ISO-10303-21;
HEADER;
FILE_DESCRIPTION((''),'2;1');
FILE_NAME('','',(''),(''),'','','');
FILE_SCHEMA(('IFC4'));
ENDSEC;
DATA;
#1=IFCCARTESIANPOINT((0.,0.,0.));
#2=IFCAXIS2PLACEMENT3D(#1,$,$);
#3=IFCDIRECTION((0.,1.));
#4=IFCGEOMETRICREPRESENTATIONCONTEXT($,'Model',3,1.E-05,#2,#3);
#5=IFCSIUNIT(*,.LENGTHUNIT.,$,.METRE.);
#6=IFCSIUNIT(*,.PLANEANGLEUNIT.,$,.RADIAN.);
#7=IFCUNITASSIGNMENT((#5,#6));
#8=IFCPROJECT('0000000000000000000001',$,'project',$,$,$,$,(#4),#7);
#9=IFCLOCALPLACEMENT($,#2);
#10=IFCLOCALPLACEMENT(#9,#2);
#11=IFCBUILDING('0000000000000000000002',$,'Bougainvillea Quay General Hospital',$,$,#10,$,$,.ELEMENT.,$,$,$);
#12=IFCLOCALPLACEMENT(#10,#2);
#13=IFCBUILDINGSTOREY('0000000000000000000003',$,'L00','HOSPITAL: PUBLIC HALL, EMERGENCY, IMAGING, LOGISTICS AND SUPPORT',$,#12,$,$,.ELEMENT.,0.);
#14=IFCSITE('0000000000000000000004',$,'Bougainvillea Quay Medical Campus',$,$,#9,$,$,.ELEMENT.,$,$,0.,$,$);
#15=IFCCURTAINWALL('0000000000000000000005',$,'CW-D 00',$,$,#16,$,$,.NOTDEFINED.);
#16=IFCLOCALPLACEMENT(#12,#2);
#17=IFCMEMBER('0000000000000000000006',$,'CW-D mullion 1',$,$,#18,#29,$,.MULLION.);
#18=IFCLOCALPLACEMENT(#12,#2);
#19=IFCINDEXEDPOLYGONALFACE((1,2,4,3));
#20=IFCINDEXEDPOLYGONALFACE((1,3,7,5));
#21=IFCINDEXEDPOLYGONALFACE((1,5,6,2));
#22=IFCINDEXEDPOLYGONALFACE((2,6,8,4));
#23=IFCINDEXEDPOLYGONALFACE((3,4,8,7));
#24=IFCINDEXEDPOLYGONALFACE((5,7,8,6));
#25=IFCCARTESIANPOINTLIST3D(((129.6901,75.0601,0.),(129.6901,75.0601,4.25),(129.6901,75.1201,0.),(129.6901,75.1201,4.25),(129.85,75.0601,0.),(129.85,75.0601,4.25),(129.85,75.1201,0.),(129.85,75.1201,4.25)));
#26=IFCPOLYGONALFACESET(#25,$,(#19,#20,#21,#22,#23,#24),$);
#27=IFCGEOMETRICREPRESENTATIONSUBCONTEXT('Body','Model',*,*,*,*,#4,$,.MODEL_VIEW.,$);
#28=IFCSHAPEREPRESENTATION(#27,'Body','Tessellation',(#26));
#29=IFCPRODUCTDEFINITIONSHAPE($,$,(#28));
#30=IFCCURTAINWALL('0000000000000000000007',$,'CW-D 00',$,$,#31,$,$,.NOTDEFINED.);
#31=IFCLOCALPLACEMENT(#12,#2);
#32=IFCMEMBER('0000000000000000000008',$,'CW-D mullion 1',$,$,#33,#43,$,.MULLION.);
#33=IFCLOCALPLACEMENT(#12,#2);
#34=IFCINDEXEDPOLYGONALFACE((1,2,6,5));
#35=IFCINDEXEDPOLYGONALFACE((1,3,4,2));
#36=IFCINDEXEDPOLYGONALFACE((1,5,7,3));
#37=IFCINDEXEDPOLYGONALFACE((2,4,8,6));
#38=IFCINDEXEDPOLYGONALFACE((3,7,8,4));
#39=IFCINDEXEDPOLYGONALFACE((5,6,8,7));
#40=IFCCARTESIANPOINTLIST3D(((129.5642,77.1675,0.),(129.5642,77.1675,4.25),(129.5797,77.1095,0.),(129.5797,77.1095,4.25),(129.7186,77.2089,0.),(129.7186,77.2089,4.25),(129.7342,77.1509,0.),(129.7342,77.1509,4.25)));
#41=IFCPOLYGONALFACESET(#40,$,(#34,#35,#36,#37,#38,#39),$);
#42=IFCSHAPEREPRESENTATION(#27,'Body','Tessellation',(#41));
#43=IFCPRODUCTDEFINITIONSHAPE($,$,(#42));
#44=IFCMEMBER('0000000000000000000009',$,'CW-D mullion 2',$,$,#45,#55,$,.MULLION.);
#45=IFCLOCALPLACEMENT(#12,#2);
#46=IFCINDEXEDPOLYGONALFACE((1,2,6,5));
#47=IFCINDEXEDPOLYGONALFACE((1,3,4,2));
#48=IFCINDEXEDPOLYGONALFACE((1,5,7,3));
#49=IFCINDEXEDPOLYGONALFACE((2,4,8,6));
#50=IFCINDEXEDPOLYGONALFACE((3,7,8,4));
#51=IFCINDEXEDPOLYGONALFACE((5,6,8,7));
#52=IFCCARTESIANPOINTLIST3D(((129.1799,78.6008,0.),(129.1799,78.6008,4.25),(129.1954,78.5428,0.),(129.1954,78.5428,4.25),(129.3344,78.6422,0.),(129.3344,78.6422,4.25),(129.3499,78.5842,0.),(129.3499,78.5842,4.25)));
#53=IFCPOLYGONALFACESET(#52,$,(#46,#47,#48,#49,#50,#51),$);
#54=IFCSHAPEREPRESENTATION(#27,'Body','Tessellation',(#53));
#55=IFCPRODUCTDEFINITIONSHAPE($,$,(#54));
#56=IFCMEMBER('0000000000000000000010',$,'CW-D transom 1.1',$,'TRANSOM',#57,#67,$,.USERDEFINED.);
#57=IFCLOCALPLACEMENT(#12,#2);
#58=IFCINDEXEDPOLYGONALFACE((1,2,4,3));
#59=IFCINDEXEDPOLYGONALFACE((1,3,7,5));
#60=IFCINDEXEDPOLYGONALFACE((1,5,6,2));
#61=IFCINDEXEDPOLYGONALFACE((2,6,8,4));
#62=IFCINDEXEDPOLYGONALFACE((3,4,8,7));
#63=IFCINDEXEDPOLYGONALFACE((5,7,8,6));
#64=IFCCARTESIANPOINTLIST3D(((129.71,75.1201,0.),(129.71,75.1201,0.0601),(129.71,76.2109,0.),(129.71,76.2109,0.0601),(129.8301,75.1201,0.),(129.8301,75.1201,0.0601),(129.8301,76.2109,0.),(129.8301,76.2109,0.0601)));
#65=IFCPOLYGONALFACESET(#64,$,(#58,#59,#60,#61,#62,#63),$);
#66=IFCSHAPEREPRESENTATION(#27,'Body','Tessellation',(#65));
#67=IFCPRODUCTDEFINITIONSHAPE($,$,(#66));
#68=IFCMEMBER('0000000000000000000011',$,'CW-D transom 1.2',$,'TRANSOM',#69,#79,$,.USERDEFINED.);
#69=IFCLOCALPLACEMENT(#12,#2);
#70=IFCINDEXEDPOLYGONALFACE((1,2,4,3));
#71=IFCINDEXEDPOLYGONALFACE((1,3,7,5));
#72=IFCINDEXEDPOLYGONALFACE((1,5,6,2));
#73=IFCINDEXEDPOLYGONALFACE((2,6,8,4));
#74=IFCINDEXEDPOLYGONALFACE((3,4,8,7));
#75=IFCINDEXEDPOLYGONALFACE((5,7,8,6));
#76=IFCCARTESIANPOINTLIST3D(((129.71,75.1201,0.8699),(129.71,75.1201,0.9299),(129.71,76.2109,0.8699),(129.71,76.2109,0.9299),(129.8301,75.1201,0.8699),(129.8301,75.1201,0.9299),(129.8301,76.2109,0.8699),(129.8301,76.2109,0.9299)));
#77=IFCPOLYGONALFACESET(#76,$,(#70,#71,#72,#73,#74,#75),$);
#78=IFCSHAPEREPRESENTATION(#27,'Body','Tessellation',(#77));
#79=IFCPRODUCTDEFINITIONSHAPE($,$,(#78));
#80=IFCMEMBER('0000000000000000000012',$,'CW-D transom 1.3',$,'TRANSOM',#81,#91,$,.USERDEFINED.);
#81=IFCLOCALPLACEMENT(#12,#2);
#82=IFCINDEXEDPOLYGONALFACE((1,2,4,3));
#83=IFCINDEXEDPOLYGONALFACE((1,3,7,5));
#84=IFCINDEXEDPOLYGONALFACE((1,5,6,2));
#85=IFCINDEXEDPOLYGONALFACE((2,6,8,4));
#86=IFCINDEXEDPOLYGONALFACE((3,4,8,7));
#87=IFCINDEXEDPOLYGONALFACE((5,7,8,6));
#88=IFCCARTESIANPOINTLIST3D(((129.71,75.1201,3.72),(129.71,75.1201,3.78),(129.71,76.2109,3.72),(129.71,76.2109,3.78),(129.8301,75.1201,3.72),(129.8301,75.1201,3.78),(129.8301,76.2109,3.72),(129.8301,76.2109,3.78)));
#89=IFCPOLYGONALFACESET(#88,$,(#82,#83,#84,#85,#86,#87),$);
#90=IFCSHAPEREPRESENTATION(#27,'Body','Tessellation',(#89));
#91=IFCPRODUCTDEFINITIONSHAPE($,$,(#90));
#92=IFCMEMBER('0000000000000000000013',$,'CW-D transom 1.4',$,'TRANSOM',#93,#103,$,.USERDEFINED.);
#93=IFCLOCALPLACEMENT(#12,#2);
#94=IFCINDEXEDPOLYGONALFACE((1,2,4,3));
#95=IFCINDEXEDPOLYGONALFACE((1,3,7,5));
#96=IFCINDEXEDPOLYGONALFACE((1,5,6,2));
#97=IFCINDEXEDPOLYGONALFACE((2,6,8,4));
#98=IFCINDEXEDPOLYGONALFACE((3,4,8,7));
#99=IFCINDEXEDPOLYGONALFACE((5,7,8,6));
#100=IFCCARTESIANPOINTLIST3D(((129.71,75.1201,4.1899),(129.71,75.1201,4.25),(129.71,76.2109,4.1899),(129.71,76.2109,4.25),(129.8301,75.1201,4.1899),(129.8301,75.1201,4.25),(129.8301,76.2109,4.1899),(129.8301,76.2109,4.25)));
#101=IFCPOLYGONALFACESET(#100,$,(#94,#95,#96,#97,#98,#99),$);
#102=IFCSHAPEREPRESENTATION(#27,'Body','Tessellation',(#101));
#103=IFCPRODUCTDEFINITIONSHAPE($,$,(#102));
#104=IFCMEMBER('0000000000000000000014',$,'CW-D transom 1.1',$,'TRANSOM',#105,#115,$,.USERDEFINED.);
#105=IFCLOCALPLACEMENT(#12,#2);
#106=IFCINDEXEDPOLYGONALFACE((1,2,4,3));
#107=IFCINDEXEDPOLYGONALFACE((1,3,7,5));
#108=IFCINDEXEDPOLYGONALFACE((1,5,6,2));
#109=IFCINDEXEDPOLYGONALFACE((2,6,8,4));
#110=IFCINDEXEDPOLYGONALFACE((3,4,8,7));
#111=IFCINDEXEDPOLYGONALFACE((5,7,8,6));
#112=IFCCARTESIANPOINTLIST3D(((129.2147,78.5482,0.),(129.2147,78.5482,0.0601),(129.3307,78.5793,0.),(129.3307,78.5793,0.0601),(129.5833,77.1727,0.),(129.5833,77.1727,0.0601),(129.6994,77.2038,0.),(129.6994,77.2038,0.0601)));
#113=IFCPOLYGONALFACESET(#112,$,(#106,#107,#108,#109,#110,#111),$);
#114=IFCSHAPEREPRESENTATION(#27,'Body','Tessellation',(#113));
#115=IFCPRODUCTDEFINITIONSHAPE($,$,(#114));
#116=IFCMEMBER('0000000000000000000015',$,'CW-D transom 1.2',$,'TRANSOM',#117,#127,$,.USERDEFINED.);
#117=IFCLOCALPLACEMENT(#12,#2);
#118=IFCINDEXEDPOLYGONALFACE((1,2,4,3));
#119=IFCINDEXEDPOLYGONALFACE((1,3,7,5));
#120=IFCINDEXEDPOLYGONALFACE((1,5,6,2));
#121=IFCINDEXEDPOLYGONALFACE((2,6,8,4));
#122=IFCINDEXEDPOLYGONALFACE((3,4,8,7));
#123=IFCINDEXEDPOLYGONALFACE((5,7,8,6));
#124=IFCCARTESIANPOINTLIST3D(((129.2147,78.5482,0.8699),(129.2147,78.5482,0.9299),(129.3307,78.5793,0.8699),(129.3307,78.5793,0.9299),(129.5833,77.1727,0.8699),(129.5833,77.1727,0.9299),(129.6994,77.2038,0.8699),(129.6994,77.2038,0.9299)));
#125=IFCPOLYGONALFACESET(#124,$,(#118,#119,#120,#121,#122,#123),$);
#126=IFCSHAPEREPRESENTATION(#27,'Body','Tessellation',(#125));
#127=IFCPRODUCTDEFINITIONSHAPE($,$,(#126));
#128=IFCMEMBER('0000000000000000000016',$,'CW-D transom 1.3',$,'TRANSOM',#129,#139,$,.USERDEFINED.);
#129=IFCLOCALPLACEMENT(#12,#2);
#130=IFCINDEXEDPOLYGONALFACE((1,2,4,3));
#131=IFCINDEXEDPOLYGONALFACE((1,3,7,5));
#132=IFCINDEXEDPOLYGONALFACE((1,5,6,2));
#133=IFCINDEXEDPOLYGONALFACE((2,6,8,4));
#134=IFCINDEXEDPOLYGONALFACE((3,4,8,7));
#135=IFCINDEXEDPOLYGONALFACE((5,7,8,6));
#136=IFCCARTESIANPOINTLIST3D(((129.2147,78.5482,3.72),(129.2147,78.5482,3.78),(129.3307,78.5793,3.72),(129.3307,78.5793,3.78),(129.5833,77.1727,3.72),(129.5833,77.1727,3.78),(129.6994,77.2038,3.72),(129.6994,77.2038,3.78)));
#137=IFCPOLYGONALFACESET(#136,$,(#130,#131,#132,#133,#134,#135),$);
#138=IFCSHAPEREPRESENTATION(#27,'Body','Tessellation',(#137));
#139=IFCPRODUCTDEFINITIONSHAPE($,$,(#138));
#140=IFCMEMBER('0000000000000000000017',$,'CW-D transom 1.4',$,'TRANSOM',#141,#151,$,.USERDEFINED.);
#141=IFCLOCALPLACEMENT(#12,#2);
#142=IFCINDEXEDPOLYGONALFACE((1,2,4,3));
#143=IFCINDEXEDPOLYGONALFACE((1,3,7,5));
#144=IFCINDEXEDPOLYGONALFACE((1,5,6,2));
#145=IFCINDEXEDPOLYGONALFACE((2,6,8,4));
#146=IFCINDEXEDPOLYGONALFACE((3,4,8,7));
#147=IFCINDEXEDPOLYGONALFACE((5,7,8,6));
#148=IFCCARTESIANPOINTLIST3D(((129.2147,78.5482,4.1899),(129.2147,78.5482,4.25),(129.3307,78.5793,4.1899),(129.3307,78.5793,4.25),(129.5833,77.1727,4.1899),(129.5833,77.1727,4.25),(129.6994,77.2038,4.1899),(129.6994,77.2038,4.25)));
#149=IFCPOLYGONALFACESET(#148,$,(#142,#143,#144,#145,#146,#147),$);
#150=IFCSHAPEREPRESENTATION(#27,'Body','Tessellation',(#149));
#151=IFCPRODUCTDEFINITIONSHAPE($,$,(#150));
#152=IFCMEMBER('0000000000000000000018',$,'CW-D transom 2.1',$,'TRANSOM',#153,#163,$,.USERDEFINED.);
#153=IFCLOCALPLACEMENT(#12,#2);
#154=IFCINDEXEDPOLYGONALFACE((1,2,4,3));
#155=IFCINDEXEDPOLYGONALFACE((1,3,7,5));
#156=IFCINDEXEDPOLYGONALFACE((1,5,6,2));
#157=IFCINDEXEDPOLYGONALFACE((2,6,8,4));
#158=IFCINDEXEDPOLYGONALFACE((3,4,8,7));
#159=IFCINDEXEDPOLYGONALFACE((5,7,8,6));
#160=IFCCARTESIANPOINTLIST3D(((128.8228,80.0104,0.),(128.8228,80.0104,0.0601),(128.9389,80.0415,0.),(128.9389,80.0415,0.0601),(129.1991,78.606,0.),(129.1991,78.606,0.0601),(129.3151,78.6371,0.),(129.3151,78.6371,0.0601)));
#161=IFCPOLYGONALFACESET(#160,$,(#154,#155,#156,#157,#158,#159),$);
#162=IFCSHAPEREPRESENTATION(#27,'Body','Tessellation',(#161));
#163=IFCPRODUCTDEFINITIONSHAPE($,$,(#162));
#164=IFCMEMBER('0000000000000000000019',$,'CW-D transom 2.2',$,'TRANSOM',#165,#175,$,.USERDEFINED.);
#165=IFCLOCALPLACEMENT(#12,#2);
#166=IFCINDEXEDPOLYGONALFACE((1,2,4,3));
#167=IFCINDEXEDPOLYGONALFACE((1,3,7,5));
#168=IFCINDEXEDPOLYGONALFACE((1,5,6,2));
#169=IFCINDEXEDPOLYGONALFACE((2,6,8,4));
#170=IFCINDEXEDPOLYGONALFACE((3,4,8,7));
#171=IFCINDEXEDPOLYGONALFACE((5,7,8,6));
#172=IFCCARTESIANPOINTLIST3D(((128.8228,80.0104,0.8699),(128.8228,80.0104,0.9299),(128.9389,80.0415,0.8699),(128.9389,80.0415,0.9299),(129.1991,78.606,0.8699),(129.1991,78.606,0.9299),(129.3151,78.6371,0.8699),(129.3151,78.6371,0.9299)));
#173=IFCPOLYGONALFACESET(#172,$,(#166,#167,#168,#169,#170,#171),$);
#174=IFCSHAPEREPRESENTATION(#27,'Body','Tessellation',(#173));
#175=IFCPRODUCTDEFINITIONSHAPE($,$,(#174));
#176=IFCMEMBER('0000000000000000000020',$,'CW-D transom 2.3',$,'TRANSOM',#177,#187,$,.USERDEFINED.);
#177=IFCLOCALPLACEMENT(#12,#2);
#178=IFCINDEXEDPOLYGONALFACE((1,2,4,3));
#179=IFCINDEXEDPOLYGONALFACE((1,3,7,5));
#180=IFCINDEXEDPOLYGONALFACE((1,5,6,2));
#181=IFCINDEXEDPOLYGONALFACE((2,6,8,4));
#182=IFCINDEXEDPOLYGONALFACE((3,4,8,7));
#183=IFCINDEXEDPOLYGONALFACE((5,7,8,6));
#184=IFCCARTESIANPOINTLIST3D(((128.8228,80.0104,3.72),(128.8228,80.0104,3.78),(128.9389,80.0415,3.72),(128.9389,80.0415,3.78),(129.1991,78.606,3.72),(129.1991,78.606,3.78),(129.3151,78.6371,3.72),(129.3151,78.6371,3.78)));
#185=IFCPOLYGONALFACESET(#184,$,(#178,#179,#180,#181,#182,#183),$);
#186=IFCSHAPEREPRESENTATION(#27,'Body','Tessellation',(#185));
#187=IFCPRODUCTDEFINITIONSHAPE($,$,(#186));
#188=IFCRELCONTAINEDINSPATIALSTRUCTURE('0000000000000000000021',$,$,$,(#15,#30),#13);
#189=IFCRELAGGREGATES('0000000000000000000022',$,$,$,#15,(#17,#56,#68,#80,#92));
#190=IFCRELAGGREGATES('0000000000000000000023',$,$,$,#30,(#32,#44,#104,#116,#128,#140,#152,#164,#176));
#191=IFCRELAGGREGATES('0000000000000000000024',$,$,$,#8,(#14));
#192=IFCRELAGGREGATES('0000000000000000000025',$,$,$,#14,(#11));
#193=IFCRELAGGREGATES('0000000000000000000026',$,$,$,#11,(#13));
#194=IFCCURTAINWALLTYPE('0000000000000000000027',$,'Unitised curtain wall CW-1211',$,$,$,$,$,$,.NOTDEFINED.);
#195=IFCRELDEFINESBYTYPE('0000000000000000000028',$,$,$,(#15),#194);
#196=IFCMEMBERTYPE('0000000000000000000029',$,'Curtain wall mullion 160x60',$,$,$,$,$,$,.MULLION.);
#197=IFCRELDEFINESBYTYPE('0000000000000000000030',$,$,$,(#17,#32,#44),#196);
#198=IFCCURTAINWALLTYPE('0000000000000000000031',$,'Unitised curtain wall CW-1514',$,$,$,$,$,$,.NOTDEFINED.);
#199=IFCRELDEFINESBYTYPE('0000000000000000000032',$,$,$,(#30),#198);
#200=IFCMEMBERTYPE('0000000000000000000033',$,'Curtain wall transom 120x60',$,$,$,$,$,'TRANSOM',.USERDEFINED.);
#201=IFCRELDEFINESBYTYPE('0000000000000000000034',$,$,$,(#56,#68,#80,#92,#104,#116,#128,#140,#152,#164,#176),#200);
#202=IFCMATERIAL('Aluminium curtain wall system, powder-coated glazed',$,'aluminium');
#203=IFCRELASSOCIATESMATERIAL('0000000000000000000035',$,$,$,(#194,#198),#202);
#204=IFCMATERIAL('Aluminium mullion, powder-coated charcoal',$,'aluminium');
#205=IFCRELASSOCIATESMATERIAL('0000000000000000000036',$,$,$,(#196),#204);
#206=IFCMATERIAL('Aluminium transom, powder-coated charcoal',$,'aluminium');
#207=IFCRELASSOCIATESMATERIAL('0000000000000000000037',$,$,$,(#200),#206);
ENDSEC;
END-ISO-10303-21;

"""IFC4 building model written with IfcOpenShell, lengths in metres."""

from ifc_helpers import new_model, si_unit, direction, frame, origin, origin_2d, place, context, subcontext, project, spatial, rectangle, extrude, material, material_profile, profile_set, type_object, element, aggregate, save


model = new_model("IFC4")

# Units and contexts
model_context = context("Model", 3, precision=1e-05, world=origin(), true_north=direction((0.0, 1.0)))
body_context = subcontext(model_context, "Body", "Model", "MODEL_VIEW")
ifc_project = project(units=[si_unit("LENGTHUNIT", "METRE"), si_unit("PLANEANGLEUNIT", "RADIAN")], contexts=[model_context])

# Site, building, storey
site_placement = place(None, origin())
site = spatial("IfcSite", under=ifc_project, at=site_placement, Name="Bougainvillea Quay Medical Campus", CompositionType="ELEMENT", RefElevation=0.0)
building_placement = place(site_placement, origin())
building = spatial("IfcBuilding", under=site, at=building_placement, Name="Bougainvillea Quay General Hospital", CompositionType="ELEMENT")
storey_placement = place(building_placement, origin())
storey = spatial("IfcBuildingStorey", under=building, at=storey_placement, Name="L00", Description="HOSPITAL: PUBLIC HALL, EMERGENCY, IMAGING, LOGISTICS AND SUPPORT", CompositionType="ELEMENT", Elevation=0.0)

# Curtain wall, member
ifc_material_1 = material(Name="Aluminium curtain wall system, powder-coated glazed", Category="aluminium")
curtain_wall_type_1 = type_object("IfcCurtainWallType", Name="Unitised curtain wall CW-1211", PredefinedType="NOTDEFINED", material=ifc_material_1)
curtain_wall_1_placement = place(storey_placement, origin())
curtain_wall_1 = element("IfcCurtainWall", 1, at=curtain_wall_1_placement, inside=storey, type_object=curtain_wall_type_1, Name="CW-D 00", PredefinedType="NOTDEFINED")
ifc_material_2 = material(Name="Aluminium mullion, powder-coated charcoal", Category="aluminium")
ifc_material_profile_1 = material_profile(ifc_material_2, rectangle(XDim=0.1599, YDim=0.0601, at=origin_2d()))
ifc_profile_set_1 = profile_set([ifc_material_profile_1], Name="Aluminium mullion, powder-coated charcoal")
member_type_1 = type_object("IfcMemberType", Name="Curtain wall mullion 160x60", PredefinedType="MULLION", material=ifc_profile_set_1)
member_1_placement = place(storey_placement, frame((129.77, 75.0901, 0.0), z_axis=(0.0, 0.0, 1.0), x_axis=(-1.0, 0.0, 0.0)))
member_1 = element("IfcMember", 2, at=member_1_placement, type_object=member_type_1, Name="CW-D mullion 1", PredefinedType="MULLION", context=body_context, shape_type="SweptSolid", body=[
    extrude(rectangle(XDim=0.1599, YDim=0.0601, at=origin_2d()), origin(), (0.0, 0.0, 1.0), 4.25),
])

# Curtain wall, members
curtain_wall_type_2 = type_object("IfcCurtainWallType", Name="Unitised curtain wall CW-1514", PredefinedType="NOTDEFINED", material=ifc_material_1)
curtain_wall_2_placement = place(storey_placement, origin())
curtain_wall_2 = element("IfcCurtainWall", 3, at=curtain_wall_2_placement, inside=storey, type_object=curtain_wall_type_2, Name="CW-D 00", PredefinedType="NOTDEFINED")
member_2_placement = place(storey_placement, frame((129.6492, 77.1592, 0.0), z_axis=(0.0, 0.0, 1.0), x_axis=(-0.965916, -0.258855, 0.0)))
member_2 = element("IfcMember", 4, at=member_2_placement, type_object=member_type_1, Name="CW-D mullion 1", PredefinedType="MULLION", context=body_context, shape_type="SweptSolid", body=[
    extrude(rectangle(XDim=0.1599, YDim=0.0601, at=origin_2d()), origin(), (0.0, 0.0, 1.0), 4.25),
])
member_3_placement = place(storey_placement, frame((129.2649, 78.5925, 0.0), z_axis=(0.0, 0.0, 1.0), x_axis=(-0.965916, -0.258855, 0.0)))
member_3 = element("IfcMember", 5, at=member_3_placement, type_object=member_type_1, Name="CW-D mullion 2", PredefinedType="MULLION", context=body_context, shape_type="SweptSolid", body=[
    extrude(rectangle(XDim=0.1599, YDim=0.0601, at=origin_2d()), origin(), (0.0, 0.0, 1.0), 4.25),
])

# Members
ifc_material_3 = material(Name="Aluminium transom, powder-coated charcoal", Category="aluminium")
ifc_material_profile_2 = material_profile(ifc_material_3, rectangle(XDim=0.1201, YDim=0.0601, at=origin_2d()))
ifc_profile_set_2 = profile_set([ifc_material_profile_2], Name="Aluminium transom, powder-coated charcoal")
member_type_2 = type_object("IfcMemberType", Name="Curtain wall transom 120x60", ElementType="TRANSOM", PredefinedType="USERDEFINED", material=ifc_profile_set_2)
member_4_placement = place(storey_placement, frame((129.77, 75.1201, 0.03), z_axis=(0.0, 1.0, 0.0), x_axis=(-1.0, 0.0, 0.0)))
member_4 = element("IfcMember", 6, at=member_4_placement, type_object=member_type_2, Name="CW-D transom 1.1", ObjectType="TRANSOM", PredefinedType="USERDEFINED", context=body_context, shape_type="SweptSolid", body=[
    extrude(rectangle(XDim=0.1201, YDim=0.0601, at=origin_2d()), origin(), (0.0, 0.0, 1.0), 1.0908),
])
member_5_placement = place(storey_placement, frame((129.77, 75.1201, 0.8999), z_axis=(0.0, 1.0, 0.0), x_axis=(-1.0, 0.0, 0.0)))
member_5 = element("IfcMember", 7, at=member_5_placement, type_object=member_type_2, Name="CW-D transom 1.2", ObjectType="TRANSOM", PredefinedType="USERDEFINED", context=body_context, shape_type="SweptSolid", body=[
    extrude(rectangle(XDim=0.1201, YDim=0.0601, at=origin_2d()), origin(), (0.0, 0.0, 1.0), 1.0908),
])
member_6_placement = place(storey_placement, frame((129.77, 75.1201, 3.75), z_axis=(0.0, 1.0, 0.0), x_axis=(-1.0, 0.0, 0.0)))
member_6 = element("IfcMember", 8, at=member_6_placement, type_object=member_type_2, Name="CW-D transom 1.3", ObjectType="TRANSOM", PredefinedType="USERDEFINED", context=body_context, shape_type="SweptSolid", body=[
    extrude(rectangle(XDim=0.1201, YDim=0.0601, at=origin_2d()), origin(), (0.0, 0.0, 1.0), 1.0908),
])
member_7_placement = place(storey_placement, frame((129.77, 75.1201, 4.22), z_axis=(0.0, 1.0, 0.0), x_axis=(-1.0, 0.0, 0.0)))
member_7 = element("IfcMember", 9, at=member_7_placement, type_object=member_type_2, Name="CW-D transom 1.4", ObjectType="TRANSOM", PredefinedType="USERDEFINED", context=body_context, shape_type="SweptSolid", body=[
    extrude(rectangle(XDim=0.1201, YDim=0.0601, at=origin_2d()), origin(), (0.0, 0.0, 1.0), 1.0908),
])
aggregate(curtain_wall_1, [member_1, member_4, member_5, member_6, member_7])
member_8_placement = place(storey_placement, frame((129.6414, 77.1882, 0.03), z_axis=(-0.258879, 0.96591, 0.0), x_axis=(-0.96591, -0.258879, 0.0)))
member_8 = element("IfcMember", 10, at=member_8_placement, type_object=member_type_2, Name="CW-D transom 1.1", ObjectType="TRANSOM", PredefinedType="USERDEFINED", context=body_context, shape_type="SweptSolid", body=[
    extrude(rectangle(XDim=0.1201, YDim=0.0601, at=origin_2d()), origin(), (0.0, 0.0, 1.0), 1.4241),
])
member_9_placement = place(storey_placement, frame((129.6414, 77.1882, 0.8999), z_axis=(-0.258879, 0.96591, 0.0), x_axis=(-0.96591, -0.258879, 0.0)))
member_9 = element("IfcMember", 11, at=member_9_placement, type_object=member_type_2, Name="CW-D transom 1.2", ObjectType="TRANSOM", PredefinedType="USERDEFINED", context=body_context, shape_type="SweptSolid", body=[
    extrude(rectangle(XDim=0.1201, YDim=0.0601, at=origin_2d()), origin(), (0.0, 0.0, 1.0), 1.4241),
])
member_10_placement = place(storey_placement, frame((129.6414, 77.1882, 3.75), z_axis=(-0.258879, 0.96591, 0.0), x_axis=(-0.96591, -0.258879, 0.0)))
member_10 = element("IfcMember", 12, at=member_10_placement, type_object=member_type_2, Name="CW-D transom 1.3", ObjectType="TRANSOM", PredefinedType="USERDEFINED", context=body_context, shape_type="SweptSolid", body=[
    extrude(rectangle(XDim=0.1201, YDim=0.0601, at=origin_2d()), origin(), (0.0, 0.0, 1.0), 1.4241),
])
member_11_placement = place(storey_placement, frame((129.6414, 77.1882, 4.22), z_axis=(-0.258879, 0.96591, 0.0), x_axis=(-0.96591, -0.258879, 0.0)))
member_11 = element("IfcMember", 13, at=member_11_placement, type_object=member_type_2, Name="CW-D transom 1.4", ObjectType="TRANSOM", PredefinedType="USERDEFINED", context=body_context, shape_type="SweptSolid", body=[
    extrude(rectangle(XDim=0.1201, YDim=0.0601, at=origin_2d()), origin(), (0.0, 0.0, 1.0), 1.4241),
])
member_12_placement = place(storey_placement, frame((129.2571, 78.6216, 0.03), z_axis=(-0.258781, 0.965936, 0.0), x_axis=(-0.965936, -0.258781, 0.0)))
member_12 = element("IfcMember", 14, at=member_12_placement, type_object=member_type_2, Name="CW-D transom 2.1", ObjectType="TRANSOM", PredefinedType="USERDEFINED", context=body_context, shape_type="SweptSolid", body=[
    extrude(rectangle(XDim=0.1201, YDim=0.0601, at=origin_2d()), origin(), (0.0, 0.0, 1.0), 1.4539),
])
member_13_placement = place(storey_placement, frame((129.2571, 78.6216, 0.8999), z_axis=(-0.258781, 0.965936, 0.0), x_axis=(-0.965936, -0.258781, 0.0)))
member_13 = element("IfcMember", 15, at=member_13_placement, type_object=member_type_2, Name="CW-D transom 2.2", ObjectType="TRANSOM", PredefinedType="USERDEFINED", context=body_context, shape_type="SweptSolid", body=[
    extrude(rectangle(XDim=0.1201, YDim=0.0601, at=origin_2d()), origin(), (0.0, 0.0, 1.0), 1.4539),
])
member_14_placement = place(storey_placement, frame((129.2571, 78.6216, 3.75), z_axis=(-0.258781, 0.965936, 0.0), x_axis=(-0.965936, -0.258781, 0.0)))
member_14 = element("IfcMember", 16, at=member_14_placement, type_object=member_type_2, Name="CW-D transom 2.3", ObjectType="TRANSOM", PredefinedType="USERDEFINED", context=body_context, shape_type="SweptSolid", body=[
    extrude(rectangle(XDim=0.1201, YDim=0.0601, at=origin_2d()), origin(), (0.0, 0.0, 1.0), 1.4539),
])

aggregate(curtain_wall_2, [member_2, member_3, member_8, member_9, member_10, member_11, member_12, member_13, member_14])

save(model, "model.ifc")
